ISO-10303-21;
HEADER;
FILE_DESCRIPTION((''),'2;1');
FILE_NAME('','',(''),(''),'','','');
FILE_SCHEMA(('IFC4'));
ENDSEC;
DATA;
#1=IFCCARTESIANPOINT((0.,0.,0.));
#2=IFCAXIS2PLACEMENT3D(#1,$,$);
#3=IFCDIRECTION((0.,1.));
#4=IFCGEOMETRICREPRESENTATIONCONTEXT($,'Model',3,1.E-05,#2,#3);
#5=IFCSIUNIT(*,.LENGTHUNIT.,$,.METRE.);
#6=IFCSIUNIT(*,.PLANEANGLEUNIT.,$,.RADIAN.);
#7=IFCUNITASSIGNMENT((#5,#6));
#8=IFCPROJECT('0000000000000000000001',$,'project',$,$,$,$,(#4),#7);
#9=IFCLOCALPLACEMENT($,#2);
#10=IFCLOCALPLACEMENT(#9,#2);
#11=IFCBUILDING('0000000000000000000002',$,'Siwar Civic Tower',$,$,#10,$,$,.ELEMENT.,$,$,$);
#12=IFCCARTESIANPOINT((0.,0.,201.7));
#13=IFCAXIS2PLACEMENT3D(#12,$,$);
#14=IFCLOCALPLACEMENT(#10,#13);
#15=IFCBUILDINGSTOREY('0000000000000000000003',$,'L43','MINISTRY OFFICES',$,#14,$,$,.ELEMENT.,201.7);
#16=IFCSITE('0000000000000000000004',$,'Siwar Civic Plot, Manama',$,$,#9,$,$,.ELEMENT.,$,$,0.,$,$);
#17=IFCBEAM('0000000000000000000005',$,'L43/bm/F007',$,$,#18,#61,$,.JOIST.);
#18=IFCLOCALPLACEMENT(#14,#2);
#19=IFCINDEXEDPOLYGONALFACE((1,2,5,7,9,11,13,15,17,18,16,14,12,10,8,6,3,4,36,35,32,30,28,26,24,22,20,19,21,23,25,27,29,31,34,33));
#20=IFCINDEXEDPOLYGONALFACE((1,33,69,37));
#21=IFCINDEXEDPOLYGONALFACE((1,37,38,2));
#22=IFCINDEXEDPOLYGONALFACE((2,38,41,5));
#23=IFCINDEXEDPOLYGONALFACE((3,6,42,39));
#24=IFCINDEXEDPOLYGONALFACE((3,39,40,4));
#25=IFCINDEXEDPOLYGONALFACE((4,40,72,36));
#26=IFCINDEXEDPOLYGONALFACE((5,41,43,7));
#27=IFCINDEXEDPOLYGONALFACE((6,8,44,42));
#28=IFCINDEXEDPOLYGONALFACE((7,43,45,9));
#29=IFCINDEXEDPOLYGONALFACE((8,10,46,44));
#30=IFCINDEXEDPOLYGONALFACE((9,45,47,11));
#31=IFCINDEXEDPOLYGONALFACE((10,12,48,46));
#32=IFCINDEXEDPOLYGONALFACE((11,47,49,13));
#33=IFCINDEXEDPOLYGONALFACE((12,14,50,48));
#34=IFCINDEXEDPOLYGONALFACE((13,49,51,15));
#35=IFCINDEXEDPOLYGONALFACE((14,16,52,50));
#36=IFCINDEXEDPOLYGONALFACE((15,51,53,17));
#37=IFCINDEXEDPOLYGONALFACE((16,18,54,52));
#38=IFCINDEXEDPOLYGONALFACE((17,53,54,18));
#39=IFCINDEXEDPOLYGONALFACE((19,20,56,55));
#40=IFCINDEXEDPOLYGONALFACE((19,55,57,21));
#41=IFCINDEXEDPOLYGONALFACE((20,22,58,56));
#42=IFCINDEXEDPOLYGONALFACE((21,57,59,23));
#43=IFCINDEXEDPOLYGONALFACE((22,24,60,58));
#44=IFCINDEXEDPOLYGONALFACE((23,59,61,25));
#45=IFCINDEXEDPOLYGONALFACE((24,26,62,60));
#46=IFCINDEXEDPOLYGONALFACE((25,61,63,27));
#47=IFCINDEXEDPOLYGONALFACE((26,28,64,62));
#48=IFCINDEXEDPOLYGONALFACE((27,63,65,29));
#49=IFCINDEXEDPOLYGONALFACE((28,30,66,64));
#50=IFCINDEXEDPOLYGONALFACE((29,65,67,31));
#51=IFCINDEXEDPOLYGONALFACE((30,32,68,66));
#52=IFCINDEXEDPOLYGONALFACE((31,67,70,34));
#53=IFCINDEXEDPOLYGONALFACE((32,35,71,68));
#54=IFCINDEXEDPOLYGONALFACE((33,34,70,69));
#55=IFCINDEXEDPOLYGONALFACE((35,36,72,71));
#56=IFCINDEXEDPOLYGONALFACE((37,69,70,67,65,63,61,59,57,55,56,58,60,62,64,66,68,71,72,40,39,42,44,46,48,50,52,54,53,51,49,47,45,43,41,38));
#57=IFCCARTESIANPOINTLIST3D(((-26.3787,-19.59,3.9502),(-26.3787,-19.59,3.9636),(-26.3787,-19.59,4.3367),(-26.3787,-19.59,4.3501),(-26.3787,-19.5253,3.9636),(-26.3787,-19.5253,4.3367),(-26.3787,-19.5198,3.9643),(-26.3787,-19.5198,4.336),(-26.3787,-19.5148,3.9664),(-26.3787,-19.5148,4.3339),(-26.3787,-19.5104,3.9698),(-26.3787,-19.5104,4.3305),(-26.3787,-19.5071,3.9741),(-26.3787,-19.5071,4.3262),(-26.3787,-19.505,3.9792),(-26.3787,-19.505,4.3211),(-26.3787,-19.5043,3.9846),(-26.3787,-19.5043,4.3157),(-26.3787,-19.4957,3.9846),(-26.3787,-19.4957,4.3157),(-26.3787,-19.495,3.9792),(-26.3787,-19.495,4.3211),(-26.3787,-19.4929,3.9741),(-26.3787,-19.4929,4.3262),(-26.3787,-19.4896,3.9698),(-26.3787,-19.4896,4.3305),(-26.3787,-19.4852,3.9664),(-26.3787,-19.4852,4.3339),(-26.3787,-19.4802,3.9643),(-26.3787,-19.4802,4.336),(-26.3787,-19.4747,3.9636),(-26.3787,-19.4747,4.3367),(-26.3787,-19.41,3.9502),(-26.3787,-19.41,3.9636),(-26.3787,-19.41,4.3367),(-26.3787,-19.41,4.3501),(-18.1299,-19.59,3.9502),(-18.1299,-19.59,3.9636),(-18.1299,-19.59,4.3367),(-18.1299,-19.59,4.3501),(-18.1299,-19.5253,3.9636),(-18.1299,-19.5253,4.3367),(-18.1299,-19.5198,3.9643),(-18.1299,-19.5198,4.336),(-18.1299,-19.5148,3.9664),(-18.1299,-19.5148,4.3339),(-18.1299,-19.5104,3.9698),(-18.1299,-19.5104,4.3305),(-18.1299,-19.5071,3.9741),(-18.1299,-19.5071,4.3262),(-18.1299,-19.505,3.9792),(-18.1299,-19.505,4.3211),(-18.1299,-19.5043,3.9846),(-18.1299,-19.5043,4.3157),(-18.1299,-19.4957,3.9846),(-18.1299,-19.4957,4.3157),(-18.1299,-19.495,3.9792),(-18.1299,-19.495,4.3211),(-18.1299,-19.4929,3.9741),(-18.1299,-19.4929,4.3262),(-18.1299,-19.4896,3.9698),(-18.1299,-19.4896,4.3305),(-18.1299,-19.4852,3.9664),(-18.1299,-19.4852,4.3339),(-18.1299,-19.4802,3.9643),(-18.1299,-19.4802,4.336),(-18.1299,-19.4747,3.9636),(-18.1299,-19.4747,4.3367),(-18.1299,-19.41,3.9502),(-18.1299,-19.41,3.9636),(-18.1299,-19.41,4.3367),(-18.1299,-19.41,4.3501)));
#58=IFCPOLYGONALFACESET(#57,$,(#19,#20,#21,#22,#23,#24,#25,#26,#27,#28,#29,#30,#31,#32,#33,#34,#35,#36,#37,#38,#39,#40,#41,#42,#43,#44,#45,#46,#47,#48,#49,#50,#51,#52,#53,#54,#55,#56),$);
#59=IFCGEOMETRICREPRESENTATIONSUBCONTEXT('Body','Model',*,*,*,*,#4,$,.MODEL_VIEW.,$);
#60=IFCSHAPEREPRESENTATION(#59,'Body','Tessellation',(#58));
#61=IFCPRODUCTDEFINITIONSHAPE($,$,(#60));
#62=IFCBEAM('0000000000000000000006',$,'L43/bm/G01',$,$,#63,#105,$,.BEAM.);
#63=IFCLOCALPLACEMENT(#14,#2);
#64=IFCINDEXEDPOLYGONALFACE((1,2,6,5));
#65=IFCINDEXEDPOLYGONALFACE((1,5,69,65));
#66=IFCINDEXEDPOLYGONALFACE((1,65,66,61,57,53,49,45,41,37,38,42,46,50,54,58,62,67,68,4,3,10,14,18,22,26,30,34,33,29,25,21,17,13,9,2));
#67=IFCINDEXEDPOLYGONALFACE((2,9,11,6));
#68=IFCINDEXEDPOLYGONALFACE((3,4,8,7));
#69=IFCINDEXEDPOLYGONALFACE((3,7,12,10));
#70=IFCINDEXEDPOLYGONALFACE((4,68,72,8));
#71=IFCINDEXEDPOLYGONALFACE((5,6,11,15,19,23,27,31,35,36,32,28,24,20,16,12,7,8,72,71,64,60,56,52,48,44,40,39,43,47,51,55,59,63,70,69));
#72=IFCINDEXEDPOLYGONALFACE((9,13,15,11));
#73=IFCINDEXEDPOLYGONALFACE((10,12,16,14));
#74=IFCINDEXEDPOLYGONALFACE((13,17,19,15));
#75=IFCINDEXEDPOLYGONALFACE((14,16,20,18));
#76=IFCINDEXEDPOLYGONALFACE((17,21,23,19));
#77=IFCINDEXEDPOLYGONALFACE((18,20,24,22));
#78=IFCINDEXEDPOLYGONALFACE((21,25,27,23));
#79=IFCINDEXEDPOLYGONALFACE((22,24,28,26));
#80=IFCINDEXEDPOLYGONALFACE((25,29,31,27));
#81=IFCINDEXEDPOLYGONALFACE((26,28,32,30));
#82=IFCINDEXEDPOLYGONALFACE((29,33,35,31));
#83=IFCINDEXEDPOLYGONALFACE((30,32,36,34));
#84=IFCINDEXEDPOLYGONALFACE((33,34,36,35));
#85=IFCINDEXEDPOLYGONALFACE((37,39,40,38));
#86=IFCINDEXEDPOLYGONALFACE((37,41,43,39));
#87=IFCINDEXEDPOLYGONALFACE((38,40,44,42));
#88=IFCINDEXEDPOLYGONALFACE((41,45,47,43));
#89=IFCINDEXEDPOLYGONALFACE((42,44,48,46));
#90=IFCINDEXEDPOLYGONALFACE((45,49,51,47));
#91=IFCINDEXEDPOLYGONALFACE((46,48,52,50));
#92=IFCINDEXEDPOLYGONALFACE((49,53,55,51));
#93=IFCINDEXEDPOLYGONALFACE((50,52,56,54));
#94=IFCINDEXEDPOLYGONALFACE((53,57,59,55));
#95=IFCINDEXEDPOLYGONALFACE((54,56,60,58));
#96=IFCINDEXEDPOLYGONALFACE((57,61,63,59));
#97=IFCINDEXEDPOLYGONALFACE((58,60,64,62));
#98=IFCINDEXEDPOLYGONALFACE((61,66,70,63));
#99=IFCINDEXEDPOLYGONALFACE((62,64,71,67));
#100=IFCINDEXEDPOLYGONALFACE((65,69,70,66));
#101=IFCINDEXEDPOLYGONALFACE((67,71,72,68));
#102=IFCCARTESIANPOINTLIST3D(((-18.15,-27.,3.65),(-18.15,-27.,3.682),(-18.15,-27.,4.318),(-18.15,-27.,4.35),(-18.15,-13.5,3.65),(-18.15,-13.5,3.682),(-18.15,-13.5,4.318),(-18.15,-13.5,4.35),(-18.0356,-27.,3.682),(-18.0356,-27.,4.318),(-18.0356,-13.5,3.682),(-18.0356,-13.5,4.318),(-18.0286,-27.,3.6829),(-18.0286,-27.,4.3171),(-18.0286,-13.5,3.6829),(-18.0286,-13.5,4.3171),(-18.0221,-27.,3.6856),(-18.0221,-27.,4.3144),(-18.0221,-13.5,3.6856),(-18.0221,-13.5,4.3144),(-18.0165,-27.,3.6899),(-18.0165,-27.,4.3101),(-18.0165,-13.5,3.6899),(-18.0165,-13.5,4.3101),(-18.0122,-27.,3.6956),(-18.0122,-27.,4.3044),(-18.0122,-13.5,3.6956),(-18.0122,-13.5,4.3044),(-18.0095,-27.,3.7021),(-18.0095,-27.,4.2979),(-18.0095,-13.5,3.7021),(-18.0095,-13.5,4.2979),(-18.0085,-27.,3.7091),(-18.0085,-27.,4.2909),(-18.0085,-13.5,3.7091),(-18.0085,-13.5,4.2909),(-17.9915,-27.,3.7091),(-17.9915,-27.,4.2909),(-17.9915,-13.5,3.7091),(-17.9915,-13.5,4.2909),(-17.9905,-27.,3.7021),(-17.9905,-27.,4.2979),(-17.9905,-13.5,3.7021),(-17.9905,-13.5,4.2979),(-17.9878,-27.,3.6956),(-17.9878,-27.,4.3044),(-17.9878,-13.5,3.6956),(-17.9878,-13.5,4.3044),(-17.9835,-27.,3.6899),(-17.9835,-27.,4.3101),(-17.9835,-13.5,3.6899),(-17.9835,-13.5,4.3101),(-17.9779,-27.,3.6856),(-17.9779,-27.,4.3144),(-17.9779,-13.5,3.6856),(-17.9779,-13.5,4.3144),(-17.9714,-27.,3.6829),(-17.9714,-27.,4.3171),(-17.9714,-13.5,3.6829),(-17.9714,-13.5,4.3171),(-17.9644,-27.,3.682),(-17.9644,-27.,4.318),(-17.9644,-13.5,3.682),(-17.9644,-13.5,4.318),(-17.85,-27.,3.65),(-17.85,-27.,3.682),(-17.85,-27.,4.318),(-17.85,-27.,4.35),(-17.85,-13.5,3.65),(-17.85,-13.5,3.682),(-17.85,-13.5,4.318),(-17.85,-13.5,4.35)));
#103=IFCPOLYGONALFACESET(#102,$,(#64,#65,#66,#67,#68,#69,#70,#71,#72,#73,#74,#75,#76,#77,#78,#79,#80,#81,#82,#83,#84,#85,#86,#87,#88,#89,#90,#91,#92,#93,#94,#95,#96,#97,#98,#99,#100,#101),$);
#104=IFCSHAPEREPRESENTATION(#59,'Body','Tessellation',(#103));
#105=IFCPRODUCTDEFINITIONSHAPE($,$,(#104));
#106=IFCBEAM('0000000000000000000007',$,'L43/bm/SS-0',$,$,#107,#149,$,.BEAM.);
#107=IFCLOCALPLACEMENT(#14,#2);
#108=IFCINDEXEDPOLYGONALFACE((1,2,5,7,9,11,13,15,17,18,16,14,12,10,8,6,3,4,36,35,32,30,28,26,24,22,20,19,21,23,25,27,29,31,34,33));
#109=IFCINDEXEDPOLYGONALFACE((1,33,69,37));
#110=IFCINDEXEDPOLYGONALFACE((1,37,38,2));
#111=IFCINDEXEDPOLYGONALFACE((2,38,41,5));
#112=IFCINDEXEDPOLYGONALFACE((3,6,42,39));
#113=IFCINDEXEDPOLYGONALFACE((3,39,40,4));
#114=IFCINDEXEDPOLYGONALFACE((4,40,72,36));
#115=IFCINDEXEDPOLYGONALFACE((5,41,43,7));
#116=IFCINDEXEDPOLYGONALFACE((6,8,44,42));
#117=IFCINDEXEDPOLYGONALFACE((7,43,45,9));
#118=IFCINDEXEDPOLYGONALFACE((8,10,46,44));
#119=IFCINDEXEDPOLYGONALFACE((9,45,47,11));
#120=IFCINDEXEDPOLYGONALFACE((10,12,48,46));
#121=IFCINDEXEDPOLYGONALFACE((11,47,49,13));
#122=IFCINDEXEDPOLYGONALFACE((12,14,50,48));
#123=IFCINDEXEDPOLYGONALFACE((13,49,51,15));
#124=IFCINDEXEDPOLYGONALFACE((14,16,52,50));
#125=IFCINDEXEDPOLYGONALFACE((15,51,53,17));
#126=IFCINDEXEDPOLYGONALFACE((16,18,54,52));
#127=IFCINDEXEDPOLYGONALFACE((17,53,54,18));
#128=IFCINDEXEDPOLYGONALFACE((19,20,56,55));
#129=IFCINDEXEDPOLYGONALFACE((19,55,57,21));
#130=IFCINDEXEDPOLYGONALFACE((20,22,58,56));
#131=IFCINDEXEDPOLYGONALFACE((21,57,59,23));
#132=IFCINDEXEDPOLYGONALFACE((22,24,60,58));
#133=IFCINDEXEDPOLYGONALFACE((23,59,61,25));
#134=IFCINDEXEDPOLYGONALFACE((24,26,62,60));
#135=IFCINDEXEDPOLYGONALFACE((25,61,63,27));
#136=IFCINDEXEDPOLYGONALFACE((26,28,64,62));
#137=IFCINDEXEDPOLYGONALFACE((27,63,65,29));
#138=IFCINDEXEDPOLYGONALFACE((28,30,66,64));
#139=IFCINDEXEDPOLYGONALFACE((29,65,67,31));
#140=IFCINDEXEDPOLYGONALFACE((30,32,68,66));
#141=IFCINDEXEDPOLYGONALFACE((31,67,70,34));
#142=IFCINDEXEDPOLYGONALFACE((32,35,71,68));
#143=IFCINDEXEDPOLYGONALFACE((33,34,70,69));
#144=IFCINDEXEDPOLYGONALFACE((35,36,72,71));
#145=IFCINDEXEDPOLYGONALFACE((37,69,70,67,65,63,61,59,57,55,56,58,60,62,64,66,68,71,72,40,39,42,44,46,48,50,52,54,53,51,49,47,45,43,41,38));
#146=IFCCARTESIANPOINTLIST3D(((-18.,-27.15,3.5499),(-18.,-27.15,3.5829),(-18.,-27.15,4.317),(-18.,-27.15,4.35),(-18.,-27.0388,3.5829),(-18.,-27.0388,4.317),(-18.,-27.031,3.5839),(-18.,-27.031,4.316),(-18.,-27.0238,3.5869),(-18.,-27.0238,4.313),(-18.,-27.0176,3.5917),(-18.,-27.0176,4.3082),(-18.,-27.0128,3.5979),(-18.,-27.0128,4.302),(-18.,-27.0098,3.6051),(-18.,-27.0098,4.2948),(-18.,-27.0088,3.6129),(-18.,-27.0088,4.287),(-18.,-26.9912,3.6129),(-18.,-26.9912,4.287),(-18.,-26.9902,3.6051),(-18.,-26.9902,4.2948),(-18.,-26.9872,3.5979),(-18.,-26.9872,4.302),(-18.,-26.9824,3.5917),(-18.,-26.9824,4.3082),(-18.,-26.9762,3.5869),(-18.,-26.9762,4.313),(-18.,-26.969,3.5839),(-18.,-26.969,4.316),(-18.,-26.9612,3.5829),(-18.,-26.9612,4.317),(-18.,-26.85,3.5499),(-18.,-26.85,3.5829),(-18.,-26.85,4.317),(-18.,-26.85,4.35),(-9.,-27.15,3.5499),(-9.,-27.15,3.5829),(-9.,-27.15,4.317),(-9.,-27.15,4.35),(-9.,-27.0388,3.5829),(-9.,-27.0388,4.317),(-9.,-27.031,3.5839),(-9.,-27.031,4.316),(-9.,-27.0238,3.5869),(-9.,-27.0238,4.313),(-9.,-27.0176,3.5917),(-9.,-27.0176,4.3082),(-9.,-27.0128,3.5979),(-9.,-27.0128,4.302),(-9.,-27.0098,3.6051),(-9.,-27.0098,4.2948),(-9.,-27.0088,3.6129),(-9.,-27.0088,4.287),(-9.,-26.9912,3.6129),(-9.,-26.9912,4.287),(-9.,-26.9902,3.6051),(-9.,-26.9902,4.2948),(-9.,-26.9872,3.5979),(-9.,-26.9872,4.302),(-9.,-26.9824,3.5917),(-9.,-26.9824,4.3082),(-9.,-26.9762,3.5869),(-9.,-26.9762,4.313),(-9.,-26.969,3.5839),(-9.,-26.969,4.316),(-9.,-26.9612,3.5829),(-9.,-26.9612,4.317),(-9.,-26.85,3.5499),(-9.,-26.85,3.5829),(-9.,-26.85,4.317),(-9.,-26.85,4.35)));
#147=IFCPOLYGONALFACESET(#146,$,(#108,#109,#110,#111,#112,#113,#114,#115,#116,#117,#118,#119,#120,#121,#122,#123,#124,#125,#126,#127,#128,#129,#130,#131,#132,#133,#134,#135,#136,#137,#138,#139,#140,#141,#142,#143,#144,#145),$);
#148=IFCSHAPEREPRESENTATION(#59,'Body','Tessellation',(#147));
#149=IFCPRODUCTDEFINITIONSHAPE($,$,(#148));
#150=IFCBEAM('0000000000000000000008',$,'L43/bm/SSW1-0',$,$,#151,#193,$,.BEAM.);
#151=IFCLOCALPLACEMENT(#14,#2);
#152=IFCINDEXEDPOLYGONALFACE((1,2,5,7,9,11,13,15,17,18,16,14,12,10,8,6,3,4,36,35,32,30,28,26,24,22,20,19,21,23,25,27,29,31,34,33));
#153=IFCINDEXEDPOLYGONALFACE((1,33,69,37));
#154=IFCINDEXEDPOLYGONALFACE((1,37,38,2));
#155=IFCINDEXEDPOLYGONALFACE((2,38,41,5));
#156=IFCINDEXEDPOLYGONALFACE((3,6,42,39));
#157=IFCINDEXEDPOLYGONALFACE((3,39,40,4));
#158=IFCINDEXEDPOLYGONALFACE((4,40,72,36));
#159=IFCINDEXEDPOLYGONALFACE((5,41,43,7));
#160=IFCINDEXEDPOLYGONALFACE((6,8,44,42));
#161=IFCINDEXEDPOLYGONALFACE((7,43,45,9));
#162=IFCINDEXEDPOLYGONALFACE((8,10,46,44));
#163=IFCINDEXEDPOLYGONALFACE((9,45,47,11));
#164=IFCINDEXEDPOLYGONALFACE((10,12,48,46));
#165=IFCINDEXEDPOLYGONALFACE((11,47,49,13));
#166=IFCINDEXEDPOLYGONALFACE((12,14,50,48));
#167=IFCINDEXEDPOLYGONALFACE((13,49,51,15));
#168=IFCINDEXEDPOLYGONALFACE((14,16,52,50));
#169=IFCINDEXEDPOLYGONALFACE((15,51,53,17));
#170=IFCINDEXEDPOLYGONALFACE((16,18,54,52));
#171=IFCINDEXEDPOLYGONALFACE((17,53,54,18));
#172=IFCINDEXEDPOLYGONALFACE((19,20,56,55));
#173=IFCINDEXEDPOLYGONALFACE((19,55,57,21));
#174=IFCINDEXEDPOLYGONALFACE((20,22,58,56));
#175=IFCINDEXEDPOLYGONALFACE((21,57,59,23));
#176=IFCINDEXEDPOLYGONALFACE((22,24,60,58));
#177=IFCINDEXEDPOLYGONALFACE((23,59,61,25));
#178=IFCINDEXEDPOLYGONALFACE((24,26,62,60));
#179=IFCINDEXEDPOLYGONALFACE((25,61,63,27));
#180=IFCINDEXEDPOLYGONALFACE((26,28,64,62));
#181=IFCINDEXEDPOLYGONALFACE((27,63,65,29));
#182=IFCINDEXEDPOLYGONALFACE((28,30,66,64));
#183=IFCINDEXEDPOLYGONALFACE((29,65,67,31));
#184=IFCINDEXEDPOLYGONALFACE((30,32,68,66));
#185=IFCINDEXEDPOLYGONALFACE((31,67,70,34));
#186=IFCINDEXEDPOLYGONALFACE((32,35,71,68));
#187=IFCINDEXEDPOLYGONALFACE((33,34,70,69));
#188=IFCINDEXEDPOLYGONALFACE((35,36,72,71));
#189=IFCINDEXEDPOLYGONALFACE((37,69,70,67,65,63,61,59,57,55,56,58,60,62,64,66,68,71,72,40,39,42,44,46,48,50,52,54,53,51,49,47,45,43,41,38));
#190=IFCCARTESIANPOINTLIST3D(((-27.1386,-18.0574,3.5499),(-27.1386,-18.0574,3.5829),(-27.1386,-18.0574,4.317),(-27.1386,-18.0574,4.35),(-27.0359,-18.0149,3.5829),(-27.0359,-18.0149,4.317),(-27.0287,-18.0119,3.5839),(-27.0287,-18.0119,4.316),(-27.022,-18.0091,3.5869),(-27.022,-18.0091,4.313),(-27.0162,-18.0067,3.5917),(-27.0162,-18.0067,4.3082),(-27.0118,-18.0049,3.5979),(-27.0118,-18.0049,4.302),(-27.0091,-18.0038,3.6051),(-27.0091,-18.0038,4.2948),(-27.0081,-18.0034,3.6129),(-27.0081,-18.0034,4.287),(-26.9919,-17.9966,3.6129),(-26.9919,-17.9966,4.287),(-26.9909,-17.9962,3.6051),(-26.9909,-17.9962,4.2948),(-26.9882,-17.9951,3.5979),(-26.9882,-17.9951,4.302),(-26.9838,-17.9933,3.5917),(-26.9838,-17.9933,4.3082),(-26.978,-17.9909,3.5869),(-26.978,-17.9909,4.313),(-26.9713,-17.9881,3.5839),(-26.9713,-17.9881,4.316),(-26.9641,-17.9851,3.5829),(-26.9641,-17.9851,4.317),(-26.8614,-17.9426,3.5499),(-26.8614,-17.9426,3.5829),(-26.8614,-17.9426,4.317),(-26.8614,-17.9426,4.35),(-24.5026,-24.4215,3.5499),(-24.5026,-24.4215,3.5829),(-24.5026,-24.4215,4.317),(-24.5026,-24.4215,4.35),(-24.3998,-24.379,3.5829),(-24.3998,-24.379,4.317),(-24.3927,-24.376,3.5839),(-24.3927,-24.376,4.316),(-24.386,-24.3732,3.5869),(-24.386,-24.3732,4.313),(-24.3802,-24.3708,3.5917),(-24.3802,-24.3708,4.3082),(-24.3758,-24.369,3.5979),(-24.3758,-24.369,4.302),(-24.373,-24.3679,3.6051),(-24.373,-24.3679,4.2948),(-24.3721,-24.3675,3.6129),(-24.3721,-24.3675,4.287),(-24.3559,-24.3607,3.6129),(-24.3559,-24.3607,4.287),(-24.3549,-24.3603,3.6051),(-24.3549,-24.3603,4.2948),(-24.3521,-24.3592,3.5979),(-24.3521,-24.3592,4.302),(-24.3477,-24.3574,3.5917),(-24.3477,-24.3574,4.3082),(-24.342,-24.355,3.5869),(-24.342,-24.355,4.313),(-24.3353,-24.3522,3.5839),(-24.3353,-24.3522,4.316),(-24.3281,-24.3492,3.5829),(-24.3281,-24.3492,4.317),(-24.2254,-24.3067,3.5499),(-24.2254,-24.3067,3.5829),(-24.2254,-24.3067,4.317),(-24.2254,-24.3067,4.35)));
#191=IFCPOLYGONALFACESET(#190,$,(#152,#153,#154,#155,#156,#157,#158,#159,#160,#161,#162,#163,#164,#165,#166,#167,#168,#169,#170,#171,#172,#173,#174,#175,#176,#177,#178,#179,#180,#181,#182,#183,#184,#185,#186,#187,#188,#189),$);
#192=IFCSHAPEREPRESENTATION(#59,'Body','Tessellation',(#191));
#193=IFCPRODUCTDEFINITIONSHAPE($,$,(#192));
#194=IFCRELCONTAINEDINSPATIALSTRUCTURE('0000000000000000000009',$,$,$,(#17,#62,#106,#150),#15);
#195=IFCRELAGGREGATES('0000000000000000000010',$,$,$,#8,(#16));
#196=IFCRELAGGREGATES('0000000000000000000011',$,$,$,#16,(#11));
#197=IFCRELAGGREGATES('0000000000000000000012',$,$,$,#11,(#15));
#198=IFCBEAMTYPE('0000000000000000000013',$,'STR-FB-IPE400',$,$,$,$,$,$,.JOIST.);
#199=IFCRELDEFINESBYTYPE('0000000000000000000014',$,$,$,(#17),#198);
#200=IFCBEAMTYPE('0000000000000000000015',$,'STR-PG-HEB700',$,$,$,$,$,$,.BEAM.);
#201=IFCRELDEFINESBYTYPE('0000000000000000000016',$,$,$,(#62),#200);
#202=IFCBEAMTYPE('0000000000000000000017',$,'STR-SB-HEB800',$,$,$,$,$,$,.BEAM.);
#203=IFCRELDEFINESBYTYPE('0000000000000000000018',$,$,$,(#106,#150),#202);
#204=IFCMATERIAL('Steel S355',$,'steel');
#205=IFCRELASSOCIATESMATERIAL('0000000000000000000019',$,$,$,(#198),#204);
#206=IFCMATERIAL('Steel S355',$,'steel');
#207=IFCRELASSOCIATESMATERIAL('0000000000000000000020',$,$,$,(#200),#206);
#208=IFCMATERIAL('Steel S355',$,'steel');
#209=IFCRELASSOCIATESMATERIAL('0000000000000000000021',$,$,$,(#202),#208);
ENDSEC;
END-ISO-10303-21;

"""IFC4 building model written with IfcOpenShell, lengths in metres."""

from ifc_helpers import new_model, si_unit, direction, frame, origin, origin_2d, place, context, subcontext, project, spatial, i_section, extrude, material, material_profile, profile_set, type_object, element, save


model = new_model("IFC4")

# Units and contexts
model_context = context("Model", 3, precision=1e-05, world=origin(), true_north=direction((0.0, 1.0)))
body_context = subcontext(model_context, "Body", "Model", "MODEL_VIEW")
ifc_project = project(units=[si_unit("LENGTHUNIT", "METRE"), si_unit("PLANEANGLEUNIT", "RADIAN")], contexts=[model_context])

# Site, building, storey
site_placement = place(None, origin())
site = spatial("IfcSite", under=ifc_project, at=site_placement, Name="Siwar Civic Plot, Manama", CompositionType="ELEMENT", RefElevation=0.0)
building_placement = place(site_placement, origin())
building = spatial("IfcBuilding", under=site, at=building_placement, Name="Siwar Civic Tower", CompositionType="ELEMENT")
storey_placement = place(building_placement, frame((0.0, 0.0, 201.7)))
storey = spatial("IfcBuildingStorey", under=building, at=storey_placement, Name="L43", Description="MINISTRY OFFICES", CompositionType="ELEMENT", Elevation=201.7)

# Beams
ifc_material_1 = material(Name="Steel S355", Category="steel")
ifc_material_profile_1 = material_profile(ifc_material_1, i_section(OverallWidth=0.1799, OverallDepth=0.3999, WebThickness=0.0085, FlangeThickness=0.0134, FilletRadius=0.021, at=origin_2d()), Name="IPE400")
ifc_profile_set_1 = profile_set([ifc_material_profile_1], Name="Steel S355")
beam_type_1 = type_object("IfcBeamType", Name="STR-FB-IPE400", PredefinedType="JOIST", material=ifc_profile_set_1)
beam_1_placement = place(storey_placement, frame((-26.3787, -19.5, 4.1501), z_axis=(1.0, 0.0, 0.0), x_axis=(0.0, 1.0, 0.0)))
element("IfcBeam", 1, at=beam_1_placement, inside=storey, type_object=beam_type_1, Name="L43/bm/F007", PredefinedType="JOIST", context=body_context, shape_type="SweptSolid", body=[
    extrude(i_section(OverallWidth=0.1799, OverallDepth=0.3999, WebThickness=0.0085, FlangeThickness=0.0134, FilletRadius=0.021, at=origin_2d()), origin(), (0.0, 0.0, 1.0), 8.2488),
])
ifc_material_2 = material(Name="Steel S355", Category="steel")
ifc_material_profile_2 = material_profile(ifc_material_2, i_section(OverallWidth=0.3, OverallDepth=0.7, WebThickness=0.0171, FlangeThickness=0.032, FilletRadius=0.0271, at=origin_2d()), Name="HEB700")
ifc_profile_set_2 = profile_set([ifc_material_profile_2], Name="Steel S355")
beam_type_2 = type_object("IfcBeamType", Name="STR-PG-HEB700", PredefinedType="BEAM", material=ifc_profile_set_2)
beam_2_placement = place(storey_placement, frame((-18.0, -27.0, 4.0), z_axis=(0.0, 1.0, 0.0), x_axis=(-1.0, 0.0, 0.0)))
element("IfcBeam", 2, at=beam_2_placement, inside=storey, type_object=beam_type_2, Name="L43/bm/G01", PredefinedType="BEAM", context=body_context, shape_type="SweptSolid", body=[
    extrude(i_section(OverallWidth=0.3, OverallDepth=0.7, WebThickness=0.0171, FlangeThickness=0.032, FilletRadius=0.0271, at=origin_2d()), origin(), (0.0, 0.0, 1.0), 13.5),
])
ifc_material_3 = material(Name="Steel S355", Category="steel")
ifc_material_profile_3 = material_profile(ifc_material_3, i_section(OverallWidth=0.3, OverallDepth=0.8, WebThickness=0.0176, FlangeThickness=0.033, FilletRadius=0.03, at=origin_2d()), Name="HEB800")
ifc_profile_set_3 = profile_set([ifc_material_profile_3], Name="Steel S355")
beam_type_3 = type_object("IfcBeamType", Name="STR-SB-HEB800", PredefinedType="BEAM", material=ifc_profile_set_3)
beam_3_placement = place(storey_placement, frame((-18.0, -27.0, 3.95), z_axis=(1.0, 0.0, 0.0), x_axis=(0.0, 1.0, 0.0)))
element("IfcBeam", 3, at=beam_3_placement, inside=storey, type_object=beam_type_3, Name="L43/bm/SS-0", PredefinedType="BEAM", context=body_context, shape_type="SweptSolid", body=[
    extrude(i_section(OverallWidth=0.3, OverallDepth=0.8, WebThickness=0.0176, FlangeThickness=0.033, FilletRadius=0.03, at=origin_2d()), origin(), (0.0, 0.0, 1.0), 9.0),
])
for number, where, z_axis, x_axis, name in (
    (4, (-27.0, -18.0, 3.95), (0.382674, -0.923883, 0.0), (0.923883, 0.382674, 0.0), "L43/bm/SSW1-0"),
):
    element("IfcBeam", number, at=place(storey_placement, frame(where, z_axis=z_axis, x_axis=x_axis)), inside=storey, type_object=beam_type_3, Name=name, PredefinedType="BEAM", context=body_context, shape_type="SweptSolid", body=[
        extrude(i_section(OverallWidth=0.3, OverallDepth=0.8, WebThickness=0.0176, FlangeThickness=0.033, FilletRadius=0.03, at=origin_2d()), origin(), (0.0, 0.0, 1.0), 6.8884),
    ])

save(model, "model.ifc")
